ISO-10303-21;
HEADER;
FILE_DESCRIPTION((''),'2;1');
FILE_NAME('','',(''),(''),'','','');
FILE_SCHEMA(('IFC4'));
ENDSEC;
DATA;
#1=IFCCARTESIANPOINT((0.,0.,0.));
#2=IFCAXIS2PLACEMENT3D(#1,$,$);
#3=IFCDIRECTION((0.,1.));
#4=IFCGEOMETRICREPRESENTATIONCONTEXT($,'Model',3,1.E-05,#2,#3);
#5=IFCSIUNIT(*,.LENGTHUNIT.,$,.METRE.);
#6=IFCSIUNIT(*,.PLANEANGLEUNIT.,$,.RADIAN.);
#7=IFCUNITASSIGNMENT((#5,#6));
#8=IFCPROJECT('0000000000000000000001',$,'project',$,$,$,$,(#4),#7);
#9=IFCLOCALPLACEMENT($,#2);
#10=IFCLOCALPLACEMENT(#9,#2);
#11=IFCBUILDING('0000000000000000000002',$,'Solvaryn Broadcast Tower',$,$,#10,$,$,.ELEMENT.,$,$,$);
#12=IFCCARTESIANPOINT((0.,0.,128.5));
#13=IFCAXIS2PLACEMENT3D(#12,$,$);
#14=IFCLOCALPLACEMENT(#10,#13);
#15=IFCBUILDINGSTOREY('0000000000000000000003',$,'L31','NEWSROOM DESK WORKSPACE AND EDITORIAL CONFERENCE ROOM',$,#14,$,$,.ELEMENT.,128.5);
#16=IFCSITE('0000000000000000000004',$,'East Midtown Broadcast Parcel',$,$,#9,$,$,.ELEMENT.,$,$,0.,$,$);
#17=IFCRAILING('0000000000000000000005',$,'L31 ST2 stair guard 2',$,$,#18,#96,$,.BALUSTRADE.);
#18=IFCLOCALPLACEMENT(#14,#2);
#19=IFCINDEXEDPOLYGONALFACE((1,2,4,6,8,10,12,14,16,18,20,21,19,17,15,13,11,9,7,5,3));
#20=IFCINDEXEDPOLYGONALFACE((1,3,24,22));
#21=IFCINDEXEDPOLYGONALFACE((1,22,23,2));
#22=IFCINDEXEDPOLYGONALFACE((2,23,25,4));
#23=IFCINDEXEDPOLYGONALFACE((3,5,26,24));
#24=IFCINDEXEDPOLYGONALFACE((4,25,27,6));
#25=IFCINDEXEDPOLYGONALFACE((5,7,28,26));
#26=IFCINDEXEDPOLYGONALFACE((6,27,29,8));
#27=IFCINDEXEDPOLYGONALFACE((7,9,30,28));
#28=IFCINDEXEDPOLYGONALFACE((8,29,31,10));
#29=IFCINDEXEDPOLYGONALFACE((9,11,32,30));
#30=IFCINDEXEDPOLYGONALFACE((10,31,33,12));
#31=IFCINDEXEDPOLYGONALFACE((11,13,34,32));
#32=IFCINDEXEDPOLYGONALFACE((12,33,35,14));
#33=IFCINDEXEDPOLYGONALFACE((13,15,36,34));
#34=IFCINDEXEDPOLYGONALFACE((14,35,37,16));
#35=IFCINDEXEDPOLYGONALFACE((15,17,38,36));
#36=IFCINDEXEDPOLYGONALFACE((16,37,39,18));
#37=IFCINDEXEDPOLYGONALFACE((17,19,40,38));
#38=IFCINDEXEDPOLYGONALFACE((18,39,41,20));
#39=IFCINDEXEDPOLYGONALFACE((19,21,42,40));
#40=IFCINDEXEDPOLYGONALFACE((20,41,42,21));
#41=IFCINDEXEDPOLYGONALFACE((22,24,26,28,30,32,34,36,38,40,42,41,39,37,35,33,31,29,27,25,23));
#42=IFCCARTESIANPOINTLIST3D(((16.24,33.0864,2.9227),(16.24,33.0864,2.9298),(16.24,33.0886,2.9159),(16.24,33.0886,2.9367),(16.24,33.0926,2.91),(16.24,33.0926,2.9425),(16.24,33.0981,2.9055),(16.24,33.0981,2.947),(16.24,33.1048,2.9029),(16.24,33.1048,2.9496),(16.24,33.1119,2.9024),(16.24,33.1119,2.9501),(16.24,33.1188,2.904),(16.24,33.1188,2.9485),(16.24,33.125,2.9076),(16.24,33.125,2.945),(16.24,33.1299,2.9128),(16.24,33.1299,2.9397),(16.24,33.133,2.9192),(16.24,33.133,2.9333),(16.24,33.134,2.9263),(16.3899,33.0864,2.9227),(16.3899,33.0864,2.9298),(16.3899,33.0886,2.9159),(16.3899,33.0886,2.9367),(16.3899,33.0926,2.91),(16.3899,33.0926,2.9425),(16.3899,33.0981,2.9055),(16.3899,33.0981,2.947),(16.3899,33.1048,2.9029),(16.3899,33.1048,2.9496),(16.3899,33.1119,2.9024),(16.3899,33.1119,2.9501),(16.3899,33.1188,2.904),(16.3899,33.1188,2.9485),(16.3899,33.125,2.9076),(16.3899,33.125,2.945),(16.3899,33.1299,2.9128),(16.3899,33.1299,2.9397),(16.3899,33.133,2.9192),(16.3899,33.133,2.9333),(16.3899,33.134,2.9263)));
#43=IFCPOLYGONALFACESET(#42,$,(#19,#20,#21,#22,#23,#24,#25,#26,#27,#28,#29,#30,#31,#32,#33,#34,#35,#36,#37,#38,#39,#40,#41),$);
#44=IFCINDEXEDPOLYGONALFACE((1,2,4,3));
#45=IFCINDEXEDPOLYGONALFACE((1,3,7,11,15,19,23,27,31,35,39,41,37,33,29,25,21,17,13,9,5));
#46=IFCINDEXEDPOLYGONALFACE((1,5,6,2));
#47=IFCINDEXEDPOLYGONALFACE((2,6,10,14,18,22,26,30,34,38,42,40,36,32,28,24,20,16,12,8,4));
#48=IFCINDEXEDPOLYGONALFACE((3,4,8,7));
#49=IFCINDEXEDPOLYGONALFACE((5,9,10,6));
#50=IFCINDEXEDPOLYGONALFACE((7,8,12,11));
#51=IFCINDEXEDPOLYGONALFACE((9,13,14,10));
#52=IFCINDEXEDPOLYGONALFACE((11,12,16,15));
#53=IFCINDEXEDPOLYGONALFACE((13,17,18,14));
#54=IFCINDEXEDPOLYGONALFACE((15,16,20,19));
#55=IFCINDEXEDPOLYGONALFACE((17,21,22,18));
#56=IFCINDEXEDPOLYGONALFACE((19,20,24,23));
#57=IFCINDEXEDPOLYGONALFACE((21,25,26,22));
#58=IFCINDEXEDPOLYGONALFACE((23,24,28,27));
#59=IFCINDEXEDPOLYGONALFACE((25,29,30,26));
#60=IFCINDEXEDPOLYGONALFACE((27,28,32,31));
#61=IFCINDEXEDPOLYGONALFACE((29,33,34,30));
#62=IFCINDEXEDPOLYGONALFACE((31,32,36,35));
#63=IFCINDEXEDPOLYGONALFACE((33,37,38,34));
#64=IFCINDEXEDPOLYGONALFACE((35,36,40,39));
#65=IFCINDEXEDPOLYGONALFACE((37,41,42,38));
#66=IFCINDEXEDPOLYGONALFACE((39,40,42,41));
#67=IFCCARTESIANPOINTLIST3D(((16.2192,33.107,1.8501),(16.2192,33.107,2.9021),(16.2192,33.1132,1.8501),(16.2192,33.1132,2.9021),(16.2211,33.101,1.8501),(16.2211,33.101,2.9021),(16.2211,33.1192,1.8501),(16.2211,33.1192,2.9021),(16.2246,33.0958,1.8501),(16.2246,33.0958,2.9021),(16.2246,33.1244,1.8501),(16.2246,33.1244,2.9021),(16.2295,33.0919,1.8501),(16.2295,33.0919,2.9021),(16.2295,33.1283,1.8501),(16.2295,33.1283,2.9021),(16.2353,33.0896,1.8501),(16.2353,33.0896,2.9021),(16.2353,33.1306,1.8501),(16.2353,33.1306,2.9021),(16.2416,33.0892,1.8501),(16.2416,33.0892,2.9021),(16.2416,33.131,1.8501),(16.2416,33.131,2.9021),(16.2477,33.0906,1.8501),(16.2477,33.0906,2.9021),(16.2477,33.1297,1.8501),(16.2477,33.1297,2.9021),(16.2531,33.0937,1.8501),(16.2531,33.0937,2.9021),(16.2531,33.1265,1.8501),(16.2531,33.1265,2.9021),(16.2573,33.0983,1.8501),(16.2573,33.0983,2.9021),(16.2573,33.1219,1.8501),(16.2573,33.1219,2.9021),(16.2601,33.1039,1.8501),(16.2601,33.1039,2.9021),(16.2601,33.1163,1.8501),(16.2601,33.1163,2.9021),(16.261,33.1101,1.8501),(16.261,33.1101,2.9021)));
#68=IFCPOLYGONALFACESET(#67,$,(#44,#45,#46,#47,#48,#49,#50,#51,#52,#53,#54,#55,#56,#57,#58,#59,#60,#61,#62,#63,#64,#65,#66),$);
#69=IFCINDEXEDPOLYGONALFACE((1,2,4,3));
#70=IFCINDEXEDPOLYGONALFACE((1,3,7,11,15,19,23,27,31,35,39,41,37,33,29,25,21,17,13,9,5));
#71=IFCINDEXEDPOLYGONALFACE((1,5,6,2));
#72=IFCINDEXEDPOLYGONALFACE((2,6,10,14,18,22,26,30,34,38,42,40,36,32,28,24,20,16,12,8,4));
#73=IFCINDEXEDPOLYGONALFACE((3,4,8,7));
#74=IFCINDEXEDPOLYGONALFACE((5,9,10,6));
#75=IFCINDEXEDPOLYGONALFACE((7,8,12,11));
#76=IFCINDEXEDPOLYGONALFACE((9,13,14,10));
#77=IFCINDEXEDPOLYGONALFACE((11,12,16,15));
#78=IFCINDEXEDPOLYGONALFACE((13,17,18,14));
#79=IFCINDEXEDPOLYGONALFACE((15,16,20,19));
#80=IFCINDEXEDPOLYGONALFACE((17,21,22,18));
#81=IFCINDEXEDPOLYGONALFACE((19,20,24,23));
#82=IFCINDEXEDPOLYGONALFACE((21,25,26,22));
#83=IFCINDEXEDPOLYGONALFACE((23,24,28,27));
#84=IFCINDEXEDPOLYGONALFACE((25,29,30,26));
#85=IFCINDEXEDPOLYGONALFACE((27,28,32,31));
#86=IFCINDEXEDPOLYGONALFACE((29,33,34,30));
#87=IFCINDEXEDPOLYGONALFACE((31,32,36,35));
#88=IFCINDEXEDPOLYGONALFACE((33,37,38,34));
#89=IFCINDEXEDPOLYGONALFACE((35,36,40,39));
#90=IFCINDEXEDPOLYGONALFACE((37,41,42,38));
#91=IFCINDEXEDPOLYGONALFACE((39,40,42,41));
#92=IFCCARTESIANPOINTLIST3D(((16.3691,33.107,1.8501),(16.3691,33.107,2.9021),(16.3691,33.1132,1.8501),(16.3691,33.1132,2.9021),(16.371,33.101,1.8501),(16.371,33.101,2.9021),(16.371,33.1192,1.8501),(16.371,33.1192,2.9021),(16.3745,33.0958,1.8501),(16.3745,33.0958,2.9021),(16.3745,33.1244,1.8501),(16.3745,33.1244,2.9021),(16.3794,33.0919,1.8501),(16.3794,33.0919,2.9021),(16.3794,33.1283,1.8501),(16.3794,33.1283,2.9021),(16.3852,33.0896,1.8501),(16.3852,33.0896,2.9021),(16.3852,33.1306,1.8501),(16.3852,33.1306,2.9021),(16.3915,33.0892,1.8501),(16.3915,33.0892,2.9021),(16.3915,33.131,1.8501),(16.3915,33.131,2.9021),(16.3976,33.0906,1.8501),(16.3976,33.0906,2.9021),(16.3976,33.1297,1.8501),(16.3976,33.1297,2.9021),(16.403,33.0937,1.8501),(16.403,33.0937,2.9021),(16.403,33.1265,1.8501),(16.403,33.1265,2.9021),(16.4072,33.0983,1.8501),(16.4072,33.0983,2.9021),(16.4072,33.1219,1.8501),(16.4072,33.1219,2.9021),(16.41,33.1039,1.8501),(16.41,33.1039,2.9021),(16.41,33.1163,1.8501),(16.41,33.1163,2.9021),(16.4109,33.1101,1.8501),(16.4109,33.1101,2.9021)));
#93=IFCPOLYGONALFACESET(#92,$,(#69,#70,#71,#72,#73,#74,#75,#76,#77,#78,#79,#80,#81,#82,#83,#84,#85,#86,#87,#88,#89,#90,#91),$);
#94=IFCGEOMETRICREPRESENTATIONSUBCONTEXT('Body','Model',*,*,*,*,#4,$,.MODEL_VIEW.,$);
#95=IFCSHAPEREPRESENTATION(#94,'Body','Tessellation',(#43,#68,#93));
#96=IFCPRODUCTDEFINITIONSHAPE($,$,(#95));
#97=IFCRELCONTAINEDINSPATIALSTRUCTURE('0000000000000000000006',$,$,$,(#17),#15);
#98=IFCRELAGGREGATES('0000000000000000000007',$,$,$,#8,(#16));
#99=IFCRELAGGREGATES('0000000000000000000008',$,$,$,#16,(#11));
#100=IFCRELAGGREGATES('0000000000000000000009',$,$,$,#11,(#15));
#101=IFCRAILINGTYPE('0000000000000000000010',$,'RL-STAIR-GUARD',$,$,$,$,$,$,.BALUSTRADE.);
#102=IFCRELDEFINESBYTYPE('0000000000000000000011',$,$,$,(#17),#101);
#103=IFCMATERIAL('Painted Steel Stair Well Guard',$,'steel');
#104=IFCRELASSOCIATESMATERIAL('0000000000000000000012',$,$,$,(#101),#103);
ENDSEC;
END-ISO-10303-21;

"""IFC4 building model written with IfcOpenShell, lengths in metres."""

from ifc_helpers import new_model, si_unit, direction, frame, origin, origin_2d, place, context, subcontext, project, spatial, circle, extrude, material, type_object, element, save


model = new_model("IFC4")

# Units and contexts
model_context = context("Model", 3, precision=1e-05, world=origin(), true_north=direction((0.0, 1.0)))
body_context = subcontext(model_context, "Body", "Model", "MODEL_VIEW")
ifc_project = project(units=[si_unit("LENGTHUNIT", "METRE"), si_unit("PLANEANGLEUNIT", "RADIAN")], contexts=[model_context])

# Site, building, storey
site_placement = place(None, origin())
site = spatial("IfcSite", under=ifc_project, at=site_placement, Name="East Midtown Broadcast Parcel", CompositionType="ELEMENT", RefElevation=0.0)
building_placement = place(site_placement, origin())
building = spatial("IfcBuilding", under=site, at=building_placement, Name="Solvaryn Broadcast Tower", CompositionType="ELEMENT")
storey_placement = place(building_placement, frame((0.0, 0.0, 128.5)))
storey = spatial("IfcBuildingStorey", under=building, at=storey_placement, Name="L31", Description="NEWSROOM DESK WORKSPACE AND EDITORIAL CONFERENCE ROOM", CompositionType="ELEMENT", Elevation=128.5)

# Railing
ifc_material_1 = material(Name="Painted Steel Stair Well Guard", Category="steel")
railing_type_1 = type_object("IfcRailingType", Name="RL-STAIR-GUARD", PredefinedType="BALUSTRADE", material=ifc_material_1)
railing_1_placement = place(storey_placement, frame((16.24, 33.1101, 1.8501)))
element("IfcRailing", 1, at=railing_1_placement, inside=storey, type_object=railing_type_1, Name="L31 ST2 stair guard 2", PredefinedType="BALUSTRADE", context=body_context, shape_type="SweptSolid", body=[
    extrude(circle(Radius=0.0239, at=origin_2d()), frame((0.0, 0.0, 1.0762), z_axis=(1.0, 0.0, 0.0), x_axis=(0.0, 1.0, 0.0)), (0.0, 0.0, 1.0), 0.1499),
    extrude(circle(Radius=0.021, at=origin_2d()), origin(), (0.0, 0.0, 1.0), 1.052),
    extrude(circle(Radius=0.021, at=origin_2d()), frame((0.1499, 0.0, 0.0)), (0.0, 0.0, 1.0), 1.052),
])

save(model, "model.ifc")
